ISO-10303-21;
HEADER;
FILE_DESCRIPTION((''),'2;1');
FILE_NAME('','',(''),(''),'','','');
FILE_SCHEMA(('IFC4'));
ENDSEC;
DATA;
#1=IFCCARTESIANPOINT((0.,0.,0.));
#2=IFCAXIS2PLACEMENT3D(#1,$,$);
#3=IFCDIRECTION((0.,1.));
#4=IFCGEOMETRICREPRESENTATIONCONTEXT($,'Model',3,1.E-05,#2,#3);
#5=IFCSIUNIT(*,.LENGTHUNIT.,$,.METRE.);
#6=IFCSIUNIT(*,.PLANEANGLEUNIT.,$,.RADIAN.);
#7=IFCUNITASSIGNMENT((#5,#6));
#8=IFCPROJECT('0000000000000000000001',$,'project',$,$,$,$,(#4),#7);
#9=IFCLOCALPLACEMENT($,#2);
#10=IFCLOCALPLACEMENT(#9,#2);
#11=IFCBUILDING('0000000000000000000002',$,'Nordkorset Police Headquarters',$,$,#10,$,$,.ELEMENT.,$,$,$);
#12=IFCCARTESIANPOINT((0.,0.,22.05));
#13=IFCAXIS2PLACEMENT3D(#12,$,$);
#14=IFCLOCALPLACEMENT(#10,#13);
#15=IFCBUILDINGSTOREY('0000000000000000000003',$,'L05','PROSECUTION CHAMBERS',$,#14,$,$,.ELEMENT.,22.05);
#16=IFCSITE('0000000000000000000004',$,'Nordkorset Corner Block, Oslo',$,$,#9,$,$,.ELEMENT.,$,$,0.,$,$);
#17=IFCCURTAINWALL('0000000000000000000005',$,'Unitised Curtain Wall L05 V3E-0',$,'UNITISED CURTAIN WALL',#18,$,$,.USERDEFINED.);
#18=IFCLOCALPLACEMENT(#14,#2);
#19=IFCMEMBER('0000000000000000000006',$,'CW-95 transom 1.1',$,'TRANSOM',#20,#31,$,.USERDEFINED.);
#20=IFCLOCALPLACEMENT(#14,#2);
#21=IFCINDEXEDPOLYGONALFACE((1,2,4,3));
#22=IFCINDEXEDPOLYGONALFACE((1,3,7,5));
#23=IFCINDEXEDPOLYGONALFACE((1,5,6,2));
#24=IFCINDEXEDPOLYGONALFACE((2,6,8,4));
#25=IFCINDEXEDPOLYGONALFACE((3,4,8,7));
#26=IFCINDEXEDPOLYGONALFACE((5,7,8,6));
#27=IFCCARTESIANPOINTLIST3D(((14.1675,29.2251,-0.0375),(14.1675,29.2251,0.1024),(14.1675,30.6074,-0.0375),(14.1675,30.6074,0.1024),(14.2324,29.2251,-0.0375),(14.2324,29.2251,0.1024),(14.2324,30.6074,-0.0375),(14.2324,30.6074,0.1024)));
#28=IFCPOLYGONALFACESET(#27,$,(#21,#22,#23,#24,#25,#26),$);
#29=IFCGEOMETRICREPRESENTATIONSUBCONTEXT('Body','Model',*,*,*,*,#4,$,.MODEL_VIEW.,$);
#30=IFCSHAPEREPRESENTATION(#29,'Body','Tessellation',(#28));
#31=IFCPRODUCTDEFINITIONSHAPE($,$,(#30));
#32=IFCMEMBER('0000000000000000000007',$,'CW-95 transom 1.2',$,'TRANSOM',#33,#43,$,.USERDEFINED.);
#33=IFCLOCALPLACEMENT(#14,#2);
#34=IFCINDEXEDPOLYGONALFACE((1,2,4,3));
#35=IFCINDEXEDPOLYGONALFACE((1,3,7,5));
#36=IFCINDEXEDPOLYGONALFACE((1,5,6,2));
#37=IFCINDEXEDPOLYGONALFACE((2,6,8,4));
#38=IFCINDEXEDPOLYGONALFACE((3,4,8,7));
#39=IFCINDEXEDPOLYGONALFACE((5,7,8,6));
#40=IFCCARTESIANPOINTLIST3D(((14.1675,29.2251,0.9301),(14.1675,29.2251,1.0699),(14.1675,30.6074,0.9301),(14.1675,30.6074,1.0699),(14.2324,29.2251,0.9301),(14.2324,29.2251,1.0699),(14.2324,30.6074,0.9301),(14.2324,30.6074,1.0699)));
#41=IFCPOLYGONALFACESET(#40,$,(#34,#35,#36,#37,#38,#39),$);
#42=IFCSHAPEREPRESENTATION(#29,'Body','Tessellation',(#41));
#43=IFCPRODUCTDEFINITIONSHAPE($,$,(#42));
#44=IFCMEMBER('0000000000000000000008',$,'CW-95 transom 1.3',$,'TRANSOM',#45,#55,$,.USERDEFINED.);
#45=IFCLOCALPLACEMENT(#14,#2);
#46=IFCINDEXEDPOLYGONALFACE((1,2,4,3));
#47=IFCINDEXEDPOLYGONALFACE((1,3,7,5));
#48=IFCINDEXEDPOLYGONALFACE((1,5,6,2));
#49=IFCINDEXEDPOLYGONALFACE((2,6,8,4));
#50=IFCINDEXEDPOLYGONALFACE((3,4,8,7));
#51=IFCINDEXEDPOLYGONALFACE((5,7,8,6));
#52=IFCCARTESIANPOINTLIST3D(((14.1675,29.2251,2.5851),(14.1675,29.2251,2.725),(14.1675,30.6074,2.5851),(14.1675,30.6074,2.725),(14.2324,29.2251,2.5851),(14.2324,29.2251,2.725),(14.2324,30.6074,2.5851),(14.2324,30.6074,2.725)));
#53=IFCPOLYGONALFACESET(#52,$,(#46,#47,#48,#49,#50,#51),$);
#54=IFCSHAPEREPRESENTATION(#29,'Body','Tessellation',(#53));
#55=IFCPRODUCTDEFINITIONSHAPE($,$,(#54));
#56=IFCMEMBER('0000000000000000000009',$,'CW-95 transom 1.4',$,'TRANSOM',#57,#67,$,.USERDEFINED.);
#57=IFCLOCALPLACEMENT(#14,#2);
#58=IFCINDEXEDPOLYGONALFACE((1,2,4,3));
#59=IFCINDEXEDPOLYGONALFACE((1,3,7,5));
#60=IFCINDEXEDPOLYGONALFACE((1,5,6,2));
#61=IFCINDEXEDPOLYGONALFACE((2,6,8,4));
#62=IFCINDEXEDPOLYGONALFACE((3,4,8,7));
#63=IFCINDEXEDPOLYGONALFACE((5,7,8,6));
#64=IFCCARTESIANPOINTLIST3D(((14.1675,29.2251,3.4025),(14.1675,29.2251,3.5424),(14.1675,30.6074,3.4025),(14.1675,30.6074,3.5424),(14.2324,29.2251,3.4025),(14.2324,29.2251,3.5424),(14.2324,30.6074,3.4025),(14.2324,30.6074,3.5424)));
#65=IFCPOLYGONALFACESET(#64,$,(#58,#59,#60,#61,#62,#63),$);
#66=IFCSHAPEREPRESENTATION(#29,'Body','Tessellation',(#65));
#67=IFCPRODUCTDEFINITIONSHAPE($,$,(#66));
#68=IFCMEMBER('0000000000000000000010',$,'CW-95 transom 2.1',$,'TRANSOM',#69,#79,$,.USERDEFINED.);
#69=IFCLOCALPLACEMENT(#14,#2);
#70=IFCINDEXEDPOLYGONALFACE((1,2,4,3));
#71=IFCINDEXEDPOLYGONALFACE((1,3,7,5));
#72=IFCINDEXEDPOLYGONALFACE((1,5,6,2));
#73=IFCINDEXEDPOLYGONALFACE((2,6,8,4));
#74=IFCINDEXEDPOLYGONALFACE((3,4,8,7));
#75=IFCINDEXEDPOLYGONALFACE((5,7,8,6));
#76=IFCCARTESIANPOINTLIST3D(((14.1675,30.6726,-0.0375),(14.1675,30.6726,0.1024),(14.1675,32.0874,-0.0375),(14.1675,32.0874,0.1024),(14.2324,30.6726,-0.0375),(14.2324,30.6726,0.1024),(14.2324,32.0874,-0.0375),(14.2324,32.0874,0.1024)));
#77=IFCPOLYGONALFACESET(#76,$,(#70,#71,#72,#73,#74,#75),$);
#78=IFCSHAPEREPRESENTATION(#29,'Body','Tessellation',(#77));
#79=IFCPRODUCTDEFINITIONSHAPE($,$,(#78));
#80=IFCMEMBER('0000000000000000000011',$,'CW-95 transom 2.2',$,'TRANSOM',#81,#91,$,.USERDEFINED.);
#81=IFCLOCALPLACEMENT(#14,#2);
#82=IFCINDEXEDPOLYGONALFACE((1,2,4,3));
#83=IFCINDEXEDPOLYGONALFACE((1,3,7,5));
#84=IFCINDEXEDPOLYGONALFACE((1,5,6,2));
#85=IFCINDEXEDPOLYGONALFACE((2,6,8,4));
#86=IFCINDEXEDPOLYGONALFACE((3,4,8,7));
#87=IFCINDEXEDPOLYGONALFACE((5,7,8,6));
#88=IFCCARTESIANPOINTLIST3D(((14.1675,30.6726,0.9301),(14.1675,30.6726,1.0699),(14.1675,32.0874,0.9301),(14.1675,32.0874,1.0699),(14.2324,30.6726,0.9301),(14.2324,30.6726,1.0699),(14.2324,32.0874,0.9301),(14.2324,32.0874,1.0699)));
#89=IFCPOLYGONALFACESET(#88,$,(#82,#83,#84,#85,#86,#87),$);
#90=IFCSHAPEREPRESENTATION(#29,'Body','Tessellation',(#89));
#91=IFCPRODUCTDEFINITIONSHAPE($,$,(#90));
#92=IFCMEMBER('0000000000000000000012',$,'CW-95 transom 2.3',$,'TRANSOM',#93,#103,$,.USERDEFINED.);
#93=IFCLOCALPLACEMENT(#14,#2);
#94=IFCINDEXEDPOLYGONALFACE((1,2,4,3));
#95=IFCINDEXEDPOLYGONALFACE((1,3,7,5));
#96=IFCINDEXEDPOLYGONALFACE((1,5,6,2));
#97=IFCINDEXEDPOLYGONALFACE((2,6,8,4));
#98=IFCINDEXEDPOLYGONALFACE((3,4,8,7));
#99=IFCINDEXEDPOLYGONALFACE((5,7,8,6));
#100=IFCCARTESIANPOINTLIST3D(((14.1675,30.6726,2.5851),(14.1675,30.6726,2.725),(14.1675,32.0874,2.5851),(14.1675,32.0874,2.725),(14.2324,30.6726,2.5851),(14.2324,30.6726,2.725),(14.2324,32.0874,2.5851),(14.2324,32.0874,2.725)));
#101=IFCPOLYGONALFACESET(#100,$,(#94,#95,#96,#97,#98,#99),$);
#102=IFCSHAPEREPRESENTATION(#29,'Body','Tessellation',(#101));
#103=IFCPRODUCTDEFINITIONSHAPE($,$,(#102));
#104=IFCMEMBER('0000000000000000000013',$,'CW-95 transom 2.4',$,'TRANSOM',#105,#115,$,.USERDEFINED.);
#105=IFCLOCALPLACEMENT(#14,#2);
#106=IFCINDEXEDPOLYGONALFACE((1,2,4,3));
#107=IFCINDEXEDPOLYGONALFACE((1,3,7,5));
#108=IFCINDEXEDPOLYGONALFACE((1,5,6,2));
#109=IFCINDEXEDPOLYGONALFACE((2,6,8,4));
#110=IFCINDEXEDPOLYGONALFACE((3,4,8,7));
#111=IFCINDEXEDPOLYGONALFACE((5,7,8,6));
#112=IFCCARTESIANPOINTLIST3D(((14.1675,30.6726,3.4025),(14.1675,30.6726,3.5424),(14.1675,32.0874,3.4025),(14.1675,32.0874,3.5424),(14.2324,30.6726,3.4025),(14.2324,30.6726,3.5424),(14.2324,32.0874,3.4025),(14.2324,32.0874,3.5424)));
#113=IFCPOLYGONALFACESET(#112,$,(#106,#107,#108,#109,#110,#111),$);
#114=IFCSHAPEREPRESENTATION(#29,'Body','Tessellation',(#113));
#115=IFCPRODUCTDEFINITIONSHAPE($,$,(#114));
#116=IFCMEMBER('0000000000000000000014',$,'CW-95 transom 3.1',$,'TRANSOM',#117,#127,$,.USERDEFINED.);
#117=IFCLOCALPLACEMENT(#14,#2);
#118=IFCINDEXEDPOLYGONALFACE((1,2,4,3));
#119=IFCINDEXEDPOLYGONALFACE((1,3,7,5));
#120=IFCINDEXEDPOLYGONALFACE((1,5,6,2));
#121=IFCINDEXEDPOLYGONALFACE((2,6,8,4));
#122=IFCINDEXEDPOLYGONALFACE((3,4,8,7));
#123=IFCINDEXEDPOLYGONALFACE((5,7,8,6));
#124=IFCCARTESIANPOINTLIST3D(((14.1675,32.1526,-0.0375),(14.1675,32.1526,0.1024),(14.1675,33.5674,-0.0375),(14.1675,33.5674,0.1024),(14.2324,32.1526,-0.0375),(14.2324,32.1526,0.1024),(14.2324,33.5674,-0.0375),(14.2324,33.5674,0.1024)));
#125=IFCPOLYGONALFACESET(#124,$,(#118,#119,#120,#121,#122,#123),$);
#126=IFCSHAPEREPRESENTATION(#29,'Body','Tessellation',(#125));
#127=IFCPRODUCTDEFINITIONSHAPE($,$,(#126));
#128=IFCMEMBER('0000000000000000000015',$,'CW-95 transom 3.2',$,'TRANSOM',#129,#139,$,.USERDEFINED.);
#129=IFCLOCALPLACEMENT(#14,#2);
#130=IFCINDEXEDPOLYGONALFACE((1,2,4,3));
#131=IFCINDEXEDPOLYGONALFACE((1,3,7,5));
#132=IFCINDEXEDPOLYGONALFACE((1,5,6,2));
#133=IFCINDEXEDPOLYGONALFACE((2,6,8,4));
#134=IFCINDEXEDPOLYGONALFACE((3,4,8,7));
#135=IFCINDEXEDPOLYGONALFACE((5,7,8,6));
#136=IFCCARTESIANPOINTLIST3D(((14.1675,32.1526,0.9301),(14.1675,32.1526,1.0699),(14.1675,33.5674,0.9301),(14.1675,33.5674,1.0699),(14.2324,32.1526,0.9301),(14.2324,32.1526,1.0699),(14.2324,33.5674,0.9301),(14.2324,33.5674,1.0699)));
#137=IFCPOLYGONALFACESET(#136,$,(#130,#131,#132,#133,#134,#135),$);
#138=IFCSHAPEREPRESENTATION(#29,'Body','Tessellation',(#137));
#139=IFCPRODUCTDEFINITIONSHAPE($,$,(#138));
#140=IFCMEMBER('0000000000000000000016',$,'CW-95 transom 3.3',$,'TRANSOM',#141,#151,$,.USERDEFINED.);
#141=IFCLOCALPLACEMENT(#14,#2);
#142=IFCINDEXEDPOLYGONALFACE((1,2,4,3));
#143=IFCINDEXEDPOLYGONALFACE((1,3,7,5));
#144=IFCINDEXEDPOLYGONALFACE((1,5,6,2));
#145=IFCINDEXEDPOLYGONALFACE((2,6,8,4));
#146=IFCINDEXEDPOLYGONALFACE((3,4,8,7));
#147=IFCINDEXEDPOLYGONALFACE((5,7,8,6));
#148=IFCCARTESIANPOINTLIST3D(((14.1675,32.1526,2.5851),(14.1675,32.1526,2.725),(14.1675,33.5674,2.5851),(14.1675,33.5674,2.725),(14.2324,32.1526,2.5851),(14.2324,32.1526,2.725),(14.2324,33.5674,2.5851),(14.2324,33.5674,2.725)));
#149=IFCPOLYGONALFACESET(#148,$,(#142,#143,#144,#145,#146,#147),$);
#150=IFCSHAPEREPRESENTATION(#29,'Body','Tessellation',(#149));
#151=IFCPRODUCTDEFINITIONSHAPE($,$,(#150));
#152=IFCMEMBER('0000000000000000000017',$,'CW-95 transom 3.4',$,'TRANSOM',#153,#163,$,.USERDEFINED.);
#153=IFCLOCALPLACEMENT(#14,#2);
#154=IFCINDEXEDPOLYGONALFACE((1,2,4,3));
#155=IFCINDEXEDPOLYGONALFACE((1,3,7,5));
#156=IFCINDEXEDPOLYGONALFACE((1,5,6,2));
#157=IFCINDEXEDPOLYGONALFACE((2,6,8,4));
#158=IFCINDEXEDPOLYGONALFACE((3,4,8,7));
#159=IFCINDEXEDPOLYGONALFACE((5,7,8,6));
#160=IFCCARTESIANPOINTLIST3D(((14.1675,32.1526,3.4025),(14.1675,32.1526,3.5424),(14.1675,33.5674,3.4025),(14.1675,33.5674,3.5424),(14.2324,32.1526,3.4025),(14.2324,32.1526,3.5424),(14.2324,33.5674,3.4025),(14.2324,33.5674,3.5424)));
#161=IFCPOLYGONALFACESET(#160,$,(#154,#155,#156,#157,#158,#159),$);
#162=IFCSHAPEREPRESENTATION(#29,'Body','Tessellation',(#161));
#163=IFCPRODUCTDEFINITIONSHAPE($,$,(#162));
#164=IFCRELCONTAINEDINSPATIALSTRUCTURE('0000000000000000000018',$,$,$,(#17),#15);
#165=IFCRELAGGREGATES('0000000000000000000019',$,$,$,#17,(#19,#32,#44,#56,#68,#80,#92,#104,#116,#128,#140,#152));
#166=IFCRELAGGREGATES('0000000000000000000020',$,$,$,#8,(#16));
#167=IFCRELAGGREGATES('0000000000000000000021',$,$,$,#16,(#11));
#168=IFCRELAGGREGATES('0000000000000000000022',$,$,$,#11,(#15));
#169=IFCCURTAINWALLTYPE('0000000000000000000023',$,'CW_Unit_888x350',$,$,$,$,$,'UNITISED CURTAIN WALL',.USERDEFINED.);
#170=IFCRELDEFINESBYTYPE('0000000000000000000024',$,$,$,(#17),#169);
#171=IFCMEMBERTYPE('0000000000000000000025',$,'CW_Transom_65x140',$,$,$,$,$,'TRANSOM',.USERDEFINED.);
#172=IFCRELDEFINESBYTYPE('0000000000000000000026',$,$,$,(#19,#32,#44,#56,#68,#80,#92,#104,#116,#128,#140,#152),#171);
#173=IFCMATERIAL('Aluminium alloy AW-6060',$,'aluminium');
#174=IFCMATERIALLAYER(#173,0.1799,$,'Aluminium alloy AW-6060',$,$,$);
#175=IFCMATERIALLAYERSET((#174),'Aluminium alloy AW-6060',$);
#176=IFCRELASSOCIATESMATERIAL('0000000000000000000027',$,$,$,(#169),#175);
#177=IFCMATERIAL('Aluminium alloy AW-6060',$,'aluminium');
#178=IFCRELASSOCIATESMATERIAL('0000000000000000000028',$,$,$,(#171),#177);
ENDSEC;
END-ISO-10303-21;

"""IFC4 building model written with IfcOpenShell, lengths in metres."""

from ifc_helpers import new_model, si_unit, direction, frame, origin, origin_2d, place, context, subcontext, project, spatial, rectangle, extrude, material, layer, layer_set, material_profile, profile_set, type_object, element, aggregate, save


model = new_model("IFC4")

# Units and contexts
model_context = context("Model", 3, precision=1e-05, world=origin(), true_north=direction((0.0, 1.0)))
body_context = subcontext(model_context, "Body", "Model", "MODEL_VIEW")
ifc_project = project(units=[si_unit("LENGTHUNIT", "METRE"), si_unit("PLANEANGLEUNIT", "RADIAN")], contexts=[model_context])

# Site, building, storey
site_placement = place(None, origin())
site = spatial("IfcSite", under=ifc_project, at=site_placement, Name="Nordkorset Corner Block, Oslo", CompositionType="ELEMENT", RefElevation=0.0)
building_placement = place(site_placement, origin())
building = spatial("IfcBuilding", under=site, at=building_placement, Name="Nordkorset Police Headquarters", CompositionType="ELEMENT")
storey_placement = place(building_placement, frame((0.0, 0.0, 22.05)))
storey = spatial("IfcBuildingStorey", under=building, at=storey_placement, Name="L05", Description="PROSECUTION CHAMBERS", CompositionType="ELEMENT", Elevation=22.05)

# Curtain wall, members
ifc_material_1 = material(Name="Aluminium alloy AW-6060", Category="aluminium")
ifc_layer_1 = layer(ifc_material_1, 0.1799, Name="Aluminium alloy AW-6060")
ifc_layer_set_1 = layer_set([ifc_layer_1], Name="Aluminium alloy AW-6060")
curtain_wall_type = type_object("IfcCurtainWallType", Name="CW_Unit_888x350", ElementType="UNITISED CURTAIN WALL", PredefinedType="USERDEFINED", material=ifc_layer_set_1)
curtain_wall_placement = place(storey_placement, origin())
curtain_wall = element("IfcCurtainWall", 1, at=curtain_wall_placement, inside=storey, type_object=curtain_wall_type, Name="Unitised Curtain Wall L05 V3E-0", ObjectType="UNITISED CURTAIN WALL", PredefinedType="USERDEFINED")
ifc_material_2 = material(Name="Aluminium alloy AW-6060", Category="aluminium")
ifc_material_profile_1 = material_profile(ifc_material_2, rectangle(XDim=0.0649, YDim=0.1399, at=origin_2d()), Name="ALU TRAN 65x140")
ifc_profile_set_1 = profile_set([ifc_material_profile_1], Name="Aluminium alloy AW-6060")
member_type_1 = type_object("IfcMemberType", Name="CW_Transom_65x140", ElementType="TRANSOM", PredefinedType="USERDEFINED", material=ifc_profile_set_1)
member_1_placement = place(storey_placement, frame((14.2, 29.2251, 0.0325), z_axis=(0.0, 1.0, 0.0), x_axis=(-1.0, 0.0, 0.0)))
member_1 = element("IfcMember", 2, at=member_1_placement, type_object=member_type_1, Name="CW-95 transom 1.1", ObjectType="TRANSOM", PredefinedType="USERDEFINED", context=body_context, shape_type="SweptSolid", body=[
    extrude(rectangle(XDim=0.0649, YDim=0.1399, at=origin_2d()), origin(), (0.0, 0.0, 1.0), 1.3823),
])
member_2_placement = place(storey_placement, frame((14.2, 29.2251, 1.0), z_axis=(0.0, 1.0, 0.0), x_axis=(-1.0, 0.0, 0.0)))
member_2 = element("IfcMember", 3, at=member_2_placement, type_object=member_type_1, Name="CW-95 transom 1.2", ObjectType="TRANSOM", PredefinedType="USERDEFINED", context=body_context, shape_type="SweptSolid", body=[
    extrude(rectangle(XDim=0.0649, YDim=0.1399, at=origin_2d()), origin(), (0.0, 0.0, 1.0), 1.3823),
])
member_3_placement = place(storey_placement, frame((14.2, 29.2251, 2.655), z_axis=(0.0, 1.0, 0.0), x_axis=(-1.0, 0.0, 0.0)))
member_3 = element("IfcMember", 4, at=member_3_placement, type_object=member_type_1, Name="CW-95 transom 1.3", ObjectType="TRANSOM", PredefinedType="USERDEFINED", context=body_context, shape_type="SweptSolid", body=[
    extrude(rectangle(XDim=0.0649, YDim=0.1399, at=origin_2d()), origin(), (0.0, 0.0, 1.0), 1.3823),
])
member_4_placement = place(storey_placement, frame((14.2, 29.2251, 3.4724), z_axis=(0.0, 1.0, 0.0), x_axis=(-1.0, 0.0, 0.0)))
member_4 = element("IfcMember", 5, at=member_4_placement, type_object=member_type_1, Name="CW-95 transom 1.4", ObjectType="TRANSOM", PredefinedType="USERDEFINED", context=body_context, shape_type="SweptSolid", body=[
    extrude(rectangle(XDim=0.0649, YDim=0.1399, at=origin_2d()), origin(), (0.0, 0.0, 1.0), 1.3823),
])
member_5_placement = place(storey_placement, frame((14.2, 30.6726, 0.0325), z_axis=(0.0, 1.0, 0.0), x_axis=(-1.0, 0.0, 0.0)))
member_5 = element("IfcMember", 6, at=member_5_placement, type_object=member_type_1, Name="CW-95 transom 2.1", ObjectType="TRANSOM", PredefinedType="USERDEFINED", context=body_context, shape_type="SweptSolid", body=[
    extrude(rectangle(XDim=0.0649, YDim=0.1399, at=origin_2d()), origin(), (0.0, 0.0, 1.0), 1.4148),
])
member_6_placement = place(storey_placement, frame((14.2, 30.6726, 1.0), z_axis=(0.0, 1.0, 0.0), x_axis=(-1.0, 0.0, 0.0)))
member_6 = element("IfcMember", 7, at=member_6_placement, type_object=member_type_1, Name="CW-95 transom 2.2", ObjectType="TRANSOM", PredefinedType="USERDEFINED", context=body_context, shape_type="SweptSolid", body=[
    extrude(rectangle(XDim=0.0649, YDim=0.1399, at=origin_2d()), origin(), (0.0, 0.0, 1.0), 1.4148),
])
member_7_placement = place(storey_placement, frame((14.2, 30.6726, 2.655), z_axis=(0.0, 1.0, 0.0), x_axis=(-1.0, 0.0, 0.0)))
member_7 = element("IfcMember", 8, at=member_7_placement, type_object=member_type_1, Name="CW-95 transom 2.3", ObjectType="TRANSOM", PredefinedType="USERDEFINED", context=body_context, shape_type="SweptSolid", body=[
    extrude(rectangle(XDim=0.0649, YDim=0.1399, at=origin_2d()), origin(), (0.0, 0.0, 1.0), 1.4148),
])
member_8_placement = place(storey_placement, frame((14.2, 30.6726, 3.4724), z_axis=(0.0, 1.0, 0.0), x_axis=(-1.0, 0.0, 0.0)))
member_8 = element("IfcMember", 9, at=member_8_placement, type_object=member_type_1, Name="CW-95 transom 2.4", ObjectType="TRANSOM", PredefinedType="USERDEFINED", context=body_context, shape_type="SweptSolid", body=[
    extrude(rectangle(XDim=0.0649, YDim=0.1399, at=origin_2d()), origin(), (0.0, 0.0, 1.0), 1.4148),
])
member_9_placement = place(storey_placement, frame((14.2, 32.1526, 0.0325), z_axis=(0.0, 1.0, 0.0), x_axis=(-1.0, 0.0, 0.0)))
member_9 = element("IfcMember", 10, at=member_9_placement, type_object=member_type_1, Name="CW-95 transom 3.1", ObjectType="TRANSOM", PredefinedType="USERDEFINED", context=body_context, shape_type="SweptSolid", body=[
    extrude(rectangle(XDim=0.0649, YDim=0.1399, at=origin_2d()), origin(), (0.0, 0.0, 1.0), 1.4148),
])
member_10_placement = place(storey_placement, frame((14.2, 32.1526, 1.0), z_axis=(0.0, 1.0, 0.0), x_axis=(-1.0, 0.0, 0.0)))
member_10 = element("IfcMember", 11, at=member_10_placement, type_object=member_type_1, Name="CW-95 transom 3.2", ObjectType="TRANSOM", PredefinedType="USERDEFINED", context=body_context, shape_type="SweptSolid", body=[
    extrude(rectangle(XDim=0.0649, YDim=0.1399, at=origin_2d()), origin(), (0.0, 0.0, 1.0), 1.4148),
])
member_11_placement = place(storey_placement, frame((14.2, 32.1526, 2.655), z_axis=(0.0, 1.0, 0.0), x_axis=(-1.0, 0.0, 0.0)))
member_11 = element("IfcMember", 12, at=member_11_placement, type_object=member_type_1, Name="CW-95 transom 3.3", ObjectType="TRANSOM", PredefinedType="USERDEFINED", context=body_context, shape_type="SweptSolid", body=[
    extrude(rectangle(XDim=0.0649, YDim=0.1399, at=origin_2d()), origin(), (0.0, 0.0, 1.0), 1.4148),
])
member_12_placement = place(storey_placement, frame((14.2, 32.1526, 3.4724), z_axis=(0.0, 1.0, 0.0), x_axis=(-1.0, 0.0, 0.0)))
member_12 = element("IfcMember", 13, at=member_12_placement, type_object=member_type_1, Name="CW-95 transom 3.4", ObjectType="TRANSOM", PredefinedType="USERDEFINED", context=body_context, shape_type="SweptSolid", body=[
    extrude(rectangle(XDim=0.0649, YDim=0.1399, at=origin_2d()), origin(), (0.0, 0.0, 1.0), 1.4148),
])

aggregate(curtain_wall, [member_1, member_2, member_3, member_4, member_5, member_6, member_7, member_8, member_9, member_10, member_11, member_12])

save(model, "model.ifc")
